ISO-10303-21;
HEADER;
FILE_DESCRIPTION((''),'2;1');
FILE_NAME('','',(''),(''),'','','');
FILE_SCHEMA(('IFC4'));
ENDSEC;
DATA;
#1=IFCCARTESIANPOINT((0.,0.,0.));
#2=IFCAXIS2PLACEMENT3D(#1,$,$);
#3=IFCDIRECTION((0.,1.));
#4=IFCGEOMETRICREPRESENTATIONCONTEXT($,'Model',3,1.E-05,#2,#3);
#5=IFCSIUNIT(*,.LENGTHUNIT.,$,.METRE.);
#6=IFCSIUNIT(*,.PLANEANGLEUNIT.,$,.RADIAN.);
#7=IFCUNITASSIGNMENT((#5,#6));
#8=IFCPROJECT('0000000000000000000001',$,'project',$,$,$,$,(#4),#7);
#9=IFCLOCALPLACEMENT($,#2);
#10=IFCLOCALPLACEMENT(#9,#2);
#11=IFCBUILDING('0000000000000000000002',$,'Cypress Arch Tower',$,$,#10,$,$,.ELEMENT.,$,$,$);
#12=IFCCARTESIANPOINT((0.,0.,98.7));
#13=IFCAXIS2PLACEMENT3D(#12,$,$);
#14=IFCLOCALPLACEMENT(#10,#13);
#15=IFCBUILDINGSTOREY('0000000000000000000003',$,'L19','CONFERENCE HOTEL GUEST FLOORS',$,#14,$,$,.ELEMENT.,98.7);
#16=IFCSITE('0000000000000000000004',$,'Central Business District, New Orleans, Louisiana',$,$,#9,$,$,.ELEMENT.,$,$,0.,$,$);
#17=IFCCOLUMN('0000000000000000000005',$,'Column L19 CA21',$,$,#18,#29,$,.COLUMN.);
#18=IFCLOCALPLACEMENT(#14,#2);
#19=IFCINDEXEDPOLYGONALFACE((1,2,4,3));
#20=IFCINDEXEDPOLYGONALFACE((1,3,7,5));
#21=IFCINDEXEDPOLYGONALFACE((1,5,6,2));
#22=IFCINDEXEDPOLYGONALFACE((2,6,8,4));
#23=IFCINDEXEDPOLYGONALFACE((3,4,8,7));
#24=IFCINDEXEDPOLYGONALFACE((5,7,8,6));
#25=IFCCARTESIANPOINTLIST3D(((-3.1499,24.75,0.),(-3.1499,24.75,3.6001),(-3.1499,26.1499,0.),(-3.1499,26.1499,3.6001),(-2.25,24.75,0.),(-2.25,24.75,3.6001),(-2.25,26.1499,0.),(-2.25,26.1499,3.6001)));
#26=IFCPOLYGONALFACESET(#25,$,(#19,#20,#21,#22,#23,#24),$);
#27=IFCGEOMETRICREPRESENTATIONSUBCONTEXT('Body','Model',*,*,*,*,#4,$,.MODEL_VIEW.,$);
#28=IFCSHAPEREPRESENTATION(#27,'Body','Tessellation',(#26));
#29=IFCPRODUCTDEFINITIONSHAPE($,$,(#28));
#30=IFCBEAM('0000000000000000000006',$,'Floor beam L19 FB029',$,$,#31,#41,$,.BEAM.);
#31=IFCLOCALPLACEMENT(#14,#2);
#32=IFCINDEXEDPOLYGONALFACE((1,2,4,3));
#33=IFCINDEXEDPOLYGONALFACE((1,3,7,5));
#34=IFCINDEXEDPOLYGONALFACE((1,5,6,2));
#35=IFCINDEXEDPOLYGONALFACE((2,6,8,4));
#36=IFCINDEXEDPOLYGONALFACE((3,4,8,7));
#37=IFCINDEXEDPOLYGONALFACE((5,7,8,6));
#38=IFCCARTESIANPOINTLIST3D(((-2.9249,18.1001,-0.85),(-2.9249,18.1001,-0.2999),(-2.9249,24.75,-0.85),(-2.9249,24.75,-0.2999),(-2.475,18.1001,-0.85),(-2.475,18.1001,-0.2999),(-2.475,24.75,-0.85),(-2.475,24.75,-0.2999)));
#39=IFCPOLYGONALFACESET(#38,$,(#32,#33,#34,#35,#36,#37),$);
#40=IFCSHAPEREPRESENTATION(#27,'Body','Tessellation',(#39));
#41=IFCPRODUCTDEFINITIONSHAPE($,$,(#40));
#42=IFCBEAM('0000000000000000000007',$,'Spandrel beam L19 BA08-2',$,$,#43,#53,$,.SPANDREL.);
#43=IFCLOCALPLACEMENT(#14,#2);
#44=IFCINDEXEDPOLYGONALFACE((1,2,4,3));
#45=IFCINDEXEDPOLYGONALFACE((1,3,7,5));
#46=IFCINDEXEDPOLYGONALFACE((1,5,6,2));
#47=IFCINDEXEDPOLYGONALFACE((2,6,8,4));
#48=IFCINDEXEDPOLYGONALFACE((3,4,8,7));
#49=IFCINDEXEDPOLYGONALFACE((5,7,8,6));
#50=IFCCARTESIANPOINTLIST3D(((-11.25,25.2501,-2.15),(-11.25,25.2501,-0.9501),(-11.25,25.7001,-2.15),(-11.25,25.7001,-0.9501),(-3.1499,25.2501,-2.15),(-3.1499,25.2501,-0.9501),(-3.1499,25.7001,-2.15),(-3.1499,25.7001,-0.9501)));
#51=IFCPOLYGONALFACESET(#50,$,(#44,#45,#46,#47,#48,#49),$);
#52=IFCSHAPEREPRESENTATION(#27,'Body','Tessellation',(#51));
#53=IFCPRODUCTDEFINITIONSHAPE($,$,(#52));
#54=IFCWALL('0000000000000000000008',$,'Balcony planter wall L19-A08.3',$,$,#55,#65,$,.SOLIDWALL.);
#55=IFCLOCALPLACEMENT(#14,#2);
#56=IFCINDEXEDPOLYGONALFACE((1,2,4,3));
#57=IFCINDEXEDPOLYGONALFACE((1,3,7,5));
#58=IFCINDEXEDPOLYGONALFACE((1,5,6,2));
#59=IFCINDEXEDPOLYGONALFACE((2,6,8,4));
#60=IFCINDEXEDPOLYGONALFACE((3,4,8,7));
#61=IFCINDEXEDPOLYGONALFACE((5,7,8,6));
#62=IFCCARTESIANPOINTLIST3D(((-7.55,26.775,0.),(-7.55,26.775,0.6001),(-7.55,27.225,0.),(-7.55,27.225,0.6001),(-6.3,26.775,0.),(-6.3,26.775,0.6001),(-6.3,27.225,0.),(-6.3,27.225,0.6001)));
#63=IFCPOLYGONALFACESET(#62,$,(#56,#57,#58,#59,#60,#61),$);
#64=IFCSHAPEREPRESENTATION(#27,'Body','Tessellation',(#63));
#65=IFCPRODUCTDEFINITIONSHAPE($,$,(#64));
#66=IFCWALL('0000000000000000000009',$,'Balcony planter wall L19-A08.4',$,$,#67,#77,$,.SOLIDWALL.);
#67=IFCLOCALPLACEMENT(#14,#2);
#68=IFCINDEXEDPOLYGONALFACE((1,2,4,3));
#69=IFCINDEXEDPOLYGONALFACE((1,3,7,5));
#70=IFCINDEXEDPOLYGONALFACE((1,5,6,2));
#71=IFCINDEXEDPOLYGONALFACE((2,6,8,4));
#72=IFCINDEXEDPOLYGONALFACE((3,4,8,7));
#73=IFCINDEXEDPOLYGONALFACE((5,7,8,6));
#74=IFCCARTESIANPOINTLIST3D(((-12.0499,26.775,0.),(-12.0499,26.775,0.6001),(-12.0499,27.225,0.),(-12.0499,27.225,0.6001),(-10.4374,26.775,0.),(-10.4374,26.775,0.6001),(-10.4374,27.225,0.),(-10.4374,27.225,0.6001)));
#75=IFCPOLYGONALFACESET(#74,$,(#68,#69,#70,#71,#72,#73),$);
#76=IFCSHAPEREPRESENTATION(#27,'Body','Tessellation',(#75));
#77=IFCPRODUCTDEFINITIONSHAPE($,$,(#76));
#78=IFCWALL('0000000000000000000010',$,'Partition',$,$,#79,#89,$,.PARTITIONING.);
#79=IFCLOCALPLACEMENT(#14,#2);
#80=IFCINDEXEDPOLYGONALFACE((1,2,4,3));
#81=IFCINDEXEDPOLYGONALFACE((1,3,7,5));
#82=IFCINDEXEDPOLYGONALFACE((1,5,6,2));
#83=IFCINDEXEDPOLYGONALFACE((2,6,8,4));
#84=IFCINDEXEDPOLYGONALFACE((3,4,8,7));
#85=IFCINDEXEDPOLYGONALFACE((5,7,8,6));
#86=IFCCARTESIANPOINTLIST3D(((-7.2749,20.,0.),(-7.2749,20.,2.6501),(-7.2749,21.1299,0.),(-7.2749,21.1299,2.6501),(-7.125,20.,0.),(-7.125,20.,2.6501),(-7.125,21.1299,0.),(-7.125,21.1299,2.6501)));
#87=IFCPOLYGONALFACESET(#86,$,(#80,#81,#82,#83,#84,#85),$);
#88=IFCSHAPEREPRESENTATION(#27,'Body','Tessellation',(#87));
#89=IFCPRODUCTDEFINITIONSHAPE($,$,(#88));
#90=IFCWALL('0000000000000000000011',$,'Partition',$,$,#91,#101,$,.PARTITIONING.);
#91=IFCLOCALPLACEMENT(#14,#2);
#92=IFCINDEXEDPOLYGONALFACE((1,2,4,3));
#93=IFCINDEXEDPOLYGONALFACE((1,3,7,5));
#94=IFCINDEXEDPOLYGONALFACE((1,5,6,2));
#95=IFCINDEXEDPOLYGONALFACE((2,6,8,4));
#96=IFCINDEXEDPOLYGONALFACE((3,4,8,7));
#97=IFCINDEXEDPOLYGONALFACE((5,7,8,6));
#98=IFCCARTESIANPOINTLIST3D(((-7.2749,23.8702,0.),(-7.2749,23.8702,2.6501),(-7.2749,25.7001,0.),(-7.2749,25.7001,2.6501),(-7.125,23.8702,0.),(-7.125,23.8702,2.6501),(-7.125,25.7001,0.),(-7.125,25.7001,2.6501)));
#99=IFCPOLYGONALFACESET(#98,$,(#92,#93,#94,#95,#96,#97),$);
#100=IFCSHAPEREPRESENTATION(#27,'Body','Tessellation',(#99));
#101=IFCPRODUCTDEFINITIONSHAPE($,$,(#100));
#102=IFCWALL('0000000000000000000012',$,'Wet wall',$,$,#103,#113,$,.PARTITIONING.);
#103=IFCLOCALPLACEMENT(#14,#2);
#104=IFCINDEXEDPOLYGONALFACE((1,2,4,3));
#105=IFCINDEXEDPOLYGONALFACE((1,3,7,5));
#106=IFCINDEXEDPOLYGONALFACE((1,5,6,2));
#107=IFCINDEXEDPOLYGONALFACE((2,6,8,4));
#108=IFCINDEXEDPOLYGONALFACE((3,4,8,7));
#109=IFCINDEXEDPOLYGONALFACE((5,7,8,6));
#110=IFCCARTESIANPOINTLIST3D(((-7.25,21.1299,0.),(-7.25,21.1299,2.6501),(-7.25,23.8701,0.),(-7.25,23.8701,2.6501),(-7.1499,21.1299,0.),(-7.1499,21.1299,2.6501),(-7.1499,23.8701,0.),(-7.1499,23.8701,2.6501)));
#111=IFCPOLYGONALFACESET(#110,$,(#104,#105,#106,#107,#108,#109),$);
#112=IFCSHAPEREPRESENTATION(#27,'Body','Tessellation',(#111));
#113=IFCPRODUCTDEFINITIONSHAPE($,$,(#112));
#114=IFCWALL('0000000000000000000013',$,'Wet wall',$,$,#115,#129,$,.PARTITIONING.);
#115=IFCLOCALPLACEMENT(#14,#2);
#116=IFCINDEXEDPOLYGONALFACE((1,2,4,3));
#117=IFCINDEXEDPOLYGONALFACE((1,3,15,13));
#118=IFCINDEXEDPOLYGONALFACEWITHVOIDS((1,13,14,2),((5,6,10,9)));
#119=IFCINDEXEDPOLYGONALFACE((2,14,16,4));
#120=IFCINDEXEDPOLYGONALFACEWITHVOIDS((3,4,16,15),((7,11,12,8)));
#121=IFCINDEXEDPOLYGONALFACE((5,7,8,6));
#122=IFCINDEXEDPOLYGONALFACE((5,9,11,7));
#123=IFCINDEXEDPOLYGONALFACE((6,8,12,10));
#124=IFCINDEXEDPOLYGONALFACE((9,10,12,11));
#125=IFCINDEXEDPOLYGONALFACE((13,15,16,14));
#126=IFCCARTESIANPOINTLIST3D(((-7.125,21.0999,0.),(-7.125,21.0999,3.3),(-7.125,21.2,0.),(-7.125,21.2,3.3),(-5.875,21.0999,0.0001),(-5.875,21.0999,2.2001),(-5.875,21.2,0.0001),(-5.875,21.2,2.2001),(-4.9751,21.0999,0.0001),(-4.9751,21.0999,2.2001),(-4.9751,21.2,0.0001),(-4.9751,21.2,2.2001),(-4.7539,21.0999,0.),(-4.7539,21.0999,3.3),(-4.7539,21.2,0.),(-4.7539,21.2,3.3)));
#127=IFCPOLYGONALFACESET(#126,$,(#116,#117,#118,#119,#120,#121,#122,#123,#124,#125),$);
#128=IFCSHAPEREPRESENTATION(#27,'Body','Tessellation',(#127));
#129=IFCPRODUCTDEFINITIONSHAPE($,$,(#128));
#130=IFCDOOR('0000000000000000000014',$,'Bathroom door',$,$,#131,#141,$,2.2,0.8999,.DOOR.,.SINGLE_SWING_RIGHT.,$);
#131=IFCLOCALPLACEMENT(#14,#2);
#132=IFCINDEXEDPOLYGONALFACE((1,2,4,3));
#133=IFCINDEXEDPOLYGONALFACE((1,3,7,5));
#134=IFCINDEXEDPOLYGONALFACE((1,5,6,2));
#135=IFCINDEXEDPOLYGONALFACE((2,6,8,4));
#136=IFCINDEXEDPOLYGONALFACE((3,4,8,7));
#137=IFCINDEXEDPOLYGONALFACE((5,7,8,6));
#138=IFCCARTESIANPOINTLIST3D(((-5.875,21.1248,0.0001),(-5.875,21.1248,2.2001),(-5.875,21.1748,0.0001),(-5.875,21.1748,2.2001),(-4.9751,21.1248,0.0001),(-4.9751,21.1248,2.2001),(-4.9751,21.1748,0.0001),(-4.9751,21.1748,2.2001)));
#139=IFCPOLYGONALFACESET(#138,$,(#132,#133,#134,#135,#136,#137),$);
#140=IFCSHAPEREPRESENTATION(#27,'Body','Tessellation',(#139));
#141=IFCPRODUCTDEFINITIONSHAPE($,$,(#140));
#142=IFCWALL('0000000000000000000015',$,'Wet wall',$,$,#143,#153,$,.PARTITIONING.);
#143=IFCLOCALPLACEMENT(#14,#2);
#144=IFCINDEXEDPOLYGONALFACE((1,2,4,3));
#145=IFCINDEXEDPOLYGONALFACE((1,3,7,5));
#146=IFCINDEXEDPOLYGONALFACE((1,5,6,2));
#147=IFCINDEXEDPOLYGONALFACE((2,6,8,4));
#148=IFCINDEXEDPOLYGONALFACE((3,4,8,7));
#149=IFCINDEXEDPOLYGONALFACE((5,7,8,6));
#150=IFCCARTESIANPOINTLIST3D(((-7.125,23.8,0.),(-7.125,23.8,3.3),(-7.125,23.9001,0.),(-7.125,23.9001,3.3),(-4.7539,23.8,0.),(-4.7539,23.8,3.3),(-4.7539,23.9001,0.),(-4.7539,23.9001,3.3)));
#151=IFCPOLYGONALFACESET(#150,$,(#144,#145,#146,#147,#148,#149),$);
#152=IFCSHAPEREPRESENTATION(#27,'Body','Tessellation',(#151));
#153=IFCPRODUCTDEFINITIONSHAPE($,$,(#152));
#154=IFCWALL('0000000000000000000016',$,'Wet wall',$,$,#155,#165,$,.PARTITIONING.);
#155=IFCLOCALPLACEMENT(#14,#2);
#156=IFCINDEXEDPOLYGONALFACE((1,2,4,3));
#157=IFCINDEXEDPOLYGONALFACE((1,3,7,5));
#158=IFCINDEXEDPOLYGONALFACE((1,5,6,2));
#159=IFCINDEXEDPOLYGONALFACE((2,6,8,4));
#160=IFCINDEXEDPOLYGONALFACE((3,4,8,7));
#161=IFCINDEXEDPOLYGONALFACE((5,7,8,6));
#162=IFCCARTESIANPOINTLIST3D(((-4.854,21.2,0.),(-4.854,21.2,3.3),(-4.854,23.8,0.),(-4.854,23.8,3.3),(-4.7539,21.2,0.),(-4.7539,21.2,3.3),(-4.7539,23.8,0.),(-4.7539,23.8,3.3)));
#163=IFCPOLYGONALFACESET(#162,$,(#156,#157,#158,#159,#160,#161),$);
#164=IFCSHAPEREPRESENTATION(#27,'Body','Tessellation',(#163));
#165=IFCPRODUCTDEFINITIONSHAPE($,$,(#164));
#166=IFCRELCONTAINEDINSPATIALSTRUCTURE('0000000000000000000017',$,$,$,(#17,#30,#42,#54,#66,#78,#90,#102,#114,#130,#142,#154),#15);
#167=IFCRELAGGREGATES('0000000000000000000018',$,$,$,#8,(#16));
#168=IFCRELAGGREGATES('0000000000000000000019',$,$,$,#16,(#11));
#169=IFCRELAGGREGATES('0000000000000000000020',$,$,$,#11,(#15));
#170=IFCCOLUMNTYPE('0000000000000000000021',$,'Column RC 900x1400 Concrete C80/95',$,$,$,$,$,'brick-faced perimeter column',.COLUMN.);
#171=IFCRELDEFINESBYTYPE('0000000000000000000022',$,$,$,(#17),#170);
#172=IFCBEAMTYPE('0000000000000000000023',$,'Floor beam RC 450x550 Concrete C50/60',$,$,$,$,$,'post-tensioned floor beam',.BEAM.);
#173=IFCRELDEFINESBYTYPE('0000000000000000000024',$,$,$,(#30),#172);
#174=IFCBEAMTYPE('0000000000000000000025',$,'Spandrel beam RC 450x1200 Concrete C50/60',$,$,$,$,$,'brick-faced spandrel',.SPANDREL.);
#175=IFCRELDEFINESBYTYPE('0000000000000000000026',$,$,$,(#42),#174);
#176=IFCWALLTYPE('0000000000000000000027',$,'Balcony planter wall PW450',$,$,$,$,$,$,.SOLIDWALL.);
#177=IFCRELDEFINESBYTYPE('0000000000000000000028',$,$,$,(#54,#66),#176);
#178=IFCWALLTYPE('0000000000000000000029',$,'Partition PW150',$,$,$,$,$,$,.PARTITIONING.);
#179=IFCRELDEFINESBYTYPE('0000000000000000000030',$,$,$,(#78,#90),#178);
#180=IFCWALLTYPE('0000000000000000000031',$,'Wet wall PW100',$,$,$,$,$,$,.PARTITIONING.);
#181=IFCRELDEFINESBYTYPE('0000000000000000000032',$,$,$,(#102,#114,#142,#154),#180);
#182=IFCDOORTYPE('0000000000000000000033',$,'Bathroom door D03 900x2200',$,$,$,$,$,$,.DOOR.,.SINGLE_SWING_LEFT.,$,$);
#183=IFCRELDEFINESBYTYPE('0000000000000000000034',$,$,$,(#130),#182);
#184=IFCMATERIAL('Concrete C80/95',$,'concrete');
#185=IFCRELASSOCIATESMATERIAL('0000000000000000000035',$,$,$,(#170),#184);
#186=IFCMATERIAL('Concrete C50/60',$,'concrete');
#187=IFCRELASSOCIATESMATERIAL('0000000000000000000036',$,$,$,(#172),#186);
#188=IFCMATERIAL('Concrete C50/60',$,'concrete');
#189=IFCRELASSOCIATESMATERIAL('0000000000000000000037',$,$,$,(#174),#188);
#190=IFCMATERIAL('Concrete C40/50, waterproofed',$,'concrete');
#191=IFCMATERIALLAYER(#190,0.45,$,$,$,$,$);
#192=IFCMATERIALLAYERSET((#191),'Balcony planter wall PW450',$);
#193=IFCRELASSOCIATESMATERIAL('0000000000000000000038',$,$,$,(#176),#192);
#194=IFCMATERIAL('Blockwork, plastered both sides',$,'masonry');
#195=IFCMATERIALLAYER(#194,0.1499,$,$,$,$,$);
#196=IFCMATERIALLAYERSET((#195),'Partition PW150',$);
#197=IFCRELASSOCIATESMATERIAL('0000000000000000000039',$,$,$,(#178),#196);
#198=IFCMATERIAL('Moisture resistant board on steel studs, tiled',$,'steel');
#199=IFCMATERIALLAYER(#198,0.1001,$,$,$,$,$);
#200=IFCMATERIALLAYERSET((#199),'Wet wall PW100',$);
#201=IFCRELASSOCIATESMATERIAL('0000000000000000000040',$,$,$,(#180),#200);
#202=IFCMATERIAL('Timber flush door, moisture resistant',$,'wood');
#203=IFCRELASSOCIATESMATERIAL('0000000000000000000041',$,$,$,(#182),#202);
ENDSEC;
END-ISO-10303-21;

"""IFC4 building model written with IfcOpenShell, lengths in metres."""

from ifc_helpers import new_model, si_unit, direction, frame, frame_2d, origin, origin_2d, place, context, subcontext, project, spatial, rectangle, extrude, material, layer, layer_set, material_profile, profile_set, type_object, element, fill, save


model = new_model("IFC4")

# Units and contexts
model_context = context("Model", 3, precision=1e-05, world=origin(), true_north=direction((0.0, 1.0)))
body_context = subcontext(model_context, "Body", "Model", "MODEL_VIEW")
ifc_project = project(units=[si_unit("LENGTHUNIT", "METRE"), si_unit("PLANEANGLEUNIT", "RADIAN")], contexts=[model_context])

# Site, building, storey
site_placement = place(None, origin())
site = spatial("IfcSite", under=ifc_project, at=site_placement, Name="Central Business District, New Orleans, Louisiana", CompositionType="ELEMENT", RefElevation=0.0)
building_placement = place(site_placement, origin())
building = spatial("IfcBuilding", under=site, at=building_placement, Name="Cypress Arch Tower", CompositionType="ELEMENT")
storey_placement = place(building_placement, frame((0.0, 0.0, 98.7)))
storey = spatial("IfcBuildingStorey", under=building, at=storey_placement, Name="L19", Description="CONFERENCE HOTEL GUEST FLOORS", CompositionType="ELEMENT", Elevation=98.7)

# Column
ifc_material_1 = material(Name="Concrete C80/95", Category="concrete")
ifc_material_profile_1 = material_profile(ifc_material_1, rectangle(XDim=0.8999, YDim=1.3999, at=origin_2d()), Name="RC 900x1400")
ifc_profile_set_1 = profile_set([ifc_material_profile_1], Name="Concrete C80/95")
column_type = type_object("IfcColumnType", Name="Column RC 900x1400 Concrete C80/95", ElementType="brick-faced perimeter column", PredefinedType="COLUMN", material=ifc_profile_set_1)
column_placement = place(storey_placement, frame((-2.7, 25.45, 0.0), z_axis=(0.0, 0.0, 1.0), x_axis=(-1.0, 0.0, 0.0)))
element("IfcColumn", 1, at=column_placement, inside=storey, type_object=column_type, Name="Column L19 CA21", PredefinedType="COLUMN", context=body_context, shape_type="SweptSolid", body=[
    extrude(rectangle(XDim=0.8999, YDim=1.3999, at=origin_2d()), origin(), (0.0, 0.0, 1.0), 3.6001),
])

# Beams
ifc_material_2 = material(Name="Concrete C50/60", Category="concrete")
ifc_material_profile_2 = material_profile(ifc_material_2, rectangle(XDim=0.45, YDim=0.55, at=origin_2d()), Name="RC 450x550")
ifc_profile_set_2 = profile_set([ifc_material_profile_2], Name="Concrete C50/60")
beam_type_1 = type_object("IfcBeamType", Name="Floor beam RC 450x550 Concrete C50/60", ElementType="post-tensioned floor beam", PredefinedType="BEAM", material=ifc_profile_set_2)
beam_1_placement = place(storey_placement, frame((-2.7, 18.1001, -0.575), z_axis=(0.0, 1.0, 0.0), x_axis=(-1.0, 0.0, 0.0)))
element("IfcBeam", 2, at=beam_1_placement, inside=storey, type_object=beam_type_1, Name="Floor beam L19 FB029", PredefinedType="BEAM", context=body_context, shape_type="SweptSolid", body=[
    extrude(rectangle(XDim=0.45, YDim=0.55, at=origin_2d()), origin(), (0.0, 0.0, 1.0), 6.6499),
])
ifc_material_3 = material(Name="Concrete C50/60", Category="concrete")
ifc_material_profile_3 = material_profile(ifc_material_3, rectangle(XDim=0.45, YDim=1.2, at=origin_2d()), Name="RC 450x1200")
ifc_profile_set_3 = profile_set([ifc_material_profile_3], Name="Concrete C50/60")
beam_type_2 = type_object("IfcBeamType", Name="Spandrel beam RC 450x1200 Concrete C50/60", ElementType="brick-faced spandrel", PredefinedType="SPANDREL", material=ifc_profile_set_3)
beam_2_placement = place(storey_placement, frame((-3.1499, 25.4751, -1.55), z_axis=(-1.0, 0.0, 0.0), x_axis=(0.0, -1.0, 0.0)))
element("IfcBeam", 3, at=beam_2_placement, inside=storey, type_object=beam_type_2, Name="Spandrel beam L19 BA08-2", PredefinedType="SPANDREL", context=body_context, shape_type="SweptSolid", body=[
    extrude(rectangle(XDim=0.45, YDim=1.2, at=origin_2d()), origin(), (0.0, 0.0, 1.0), 8.1001),
])

# Walls
ifc_material_4 = material(Name="Concrete C40/50, waterproofed", Category="concrete")
ifc_layer_1 = layer(ifc_material_4, 0.45)
ifc_layer_set_1 = layer_set([ifc_layer_1], Name="Balcony planter wall PW450")
wall_type_1 = type_object("IfcWallType", Name="Balcony planter wall PW450", PredefinedType="SOLIDWALL", material=ifc_layer_set_1)
wall_1_placement = place(storey_placement, frame((-6.3, 27.0, 0.0), z_axis=(0.0, 0.0, 1.0), x_axis=(-1.0, 0.0, 0.0)))
element("IfcWall", 4, at=wall_1_placement, inside=storey, type_object=wall_type_1, Name="Balcony planter wall L19-A08.3", PredefinedType="SOLIDWALL", context=body_context, shape_type="SweptSolid", body=[
    extrude(rectangle(XDim=1.25, YDim=0.45, at=frame_2d((0.625, 0.0))), origin(), (0.0, 0.0, 1.0), 0.6001),
])
wall_2_placement = place(storey_placement, frame((-10.4375, 27.0, 0.0), z_axis=(0.0, 0.0, 1.0), x_axis=(-1.0, 0.0, 0.0)))
element("IfcWall", 5, at=wall_2_placement, inside=storey, type_object=wall_type_1, Name="Balcony planter wall L19-A08.4", PredefinedType="SOLIDWALL", context=body_context, shape_type="SweptSolid", body=[
    extrude(rectangle(XDim=1.6125, YDim=0.45, at=frame_2d((0.8062, 0.0))), origin(), (0.0, 0.0, 1.0), 0.6001),
])

# Walls
ifc_material_5 = material(Name="Blockwork, plastered both sides", Category="masonry")
ifc_layer_2 = layer(ifc_material_5, 0.1499)
ifc_layer_set_2 = layer_set([ifc_layer_2], Name="Partition PW150")
wall_type_2 = type_object("IfcWallType", Name="Partition PW150", PredefinedType="PARTITIONING", material=ifc_layer_set_2)
wall_3_placement = place(storey_placement, frame((-7.2, 20.0, 0.0), z_axis=(0.0, 0.0, 1.0), x_axis=(0.0, 1.0, 0.0)))
element("IfcWall", 6, at=wall_3_placement, inside=storey, type_object=wall_type_2, Name="Partition", PredefinedType="PARTITIONING", context=body_context, shape_type="SweptSolid", body=[
    extrude(rectangle(XDim=1.1299, YDim=0.1499, at=frame_2d((0.5649, 0.0))), origin(), (0.0, 0.0, 1.0), 2.6501),
])
wall_4_placement = place(storey_placement, frame((-7.2, 23.8701, 0.0), z_axis=(0.0, 0.0, 1.0), x_axis=(0.0, 1.0, 0.0)))
element("IfcWall", 7, at=wall_4_placement, inside=storey, type_object=wall_type_2, Name="Partition", PredefinedType="PARTITIONING", context=body_context, shape_type="SweptSolid", body=[
    extrude(rectangle(XDim=1.8298, YDim=0.1499, at=frame_2d((0.915, 0.0))), origin(), (0.0, 0.0, 1.0), 2.6501),
])
ifc_material_6 = material(Name="Moisture resistant board on steel studs, tiled", Category="steel")
ifc_layer_3 = layer(ifc_material_6, 0.1001)
ifc_layer_set_3 = layer_set([ifc_layer_3], Name="Wet wall PW100")
wall_type_3 = type_object("IfcWallType", Name="Wet wall PW100", PredefinedType="PARTITIONING", material=ifc_layer_set_3)
wall_5_placement = place(storey_placement, frame((-7.2, 21.1299, 0.0), z_axis=(0.0, 0.0, 1.0), x_axis=(0.0, 1.0, 0.0)))
element("IfcWall", 8, at=wall_5_placement, inside=storey, type_object=wall_type_3, Name="Wet wall", PredefinedType="PARTITIONING", context=body_context, shape_type="SweptSolid", body=[
    extrude(rectangle(XDim=2.7402, YDim=0.1001, at=frame_2d((1.3701, 0.0))), origin(), (0.0, 0.0, 1.0), 2.6501),
])

# Wall, opening, door
wall_6_placement = place(storey_placement, frame((-7.125, 21.1499, 0.0), z_axis=(0.0, 0.0, 1.0), x_axis=(1.0, 0.0, 0.0)))
wall_6 = element("IfcWall", 9, at=wall_6_placement, inside=storey, type_object=wall_type_3, Name="Wet wall", PredefinedType="PARTITIONING", context=body_context, shape_type="SweptSolid", body=[
    extrude(rectangle(XDim=2.3711, YDim=0.1001, at=frame_2d((1.1855, 0.0))), origin(), (0.0, 0.0, 1.0), 3.3),
])
opening_1_placement = place(wall_6_placement, frame((1.25, 0.0, 0.0)))
opening_1 = element("IfcOpeningElement", 10, at=opening_1_placement, cuts=wall_6, PredefinedType="OPENING", context=body_context, shape_type="SweptSolid", body=[
    extrude(rectangle(XDim=0.8999, YDim=2.2, at=frame_2d((0.45, 1.1001))), frame((0.0, 0.0601, 0.0), z_axis=(0.0, -1.0, 0.0), x_axis=(1.0, 0.0, 0.0)), (0.0, 0.0, 1.0), 0.1201),
])
ifc_material_7 = material(Name="Timber flush door, moisture resistant", Category="wood")
door_type_1 = type_object("IfcDoorType", Name="Bathroom door D03 900x2200", OperationType="SINGLE_SWING_LEFT", PredefinedType="DOOR", material=ifc_material_7)
door_1_placement = place(opening_1_placement, origin())
door_1 = element("IfcDoor", 11, at=door_1_placement, inside=storey, type_object=door_type_1, Name="Bathroom door", OperationType="SINGLE_SWING_RIGHT", OverallHeight=2.2, OverallWidth=0.8999, PredefinedType="DOOR", context=body_context, shape_type="SweptSolid", body=[
    extrude(rectangle(XDim=0.8999, YDim=2.2, at=frame_2d((0.45, 1.1001))), frame((0.0, 0.0249, 0.0), z_axis=(0.0, -1.0, 0.0), x_axis=(1.0, 0.0, 0.0)), (0.0, 0.0, 1.0), 0.05),
])
fill(opening_1, door_1)

# Walls
wall_7_placement = place(storey_placement, frame((-7.125, 23.8501, 0.0), z_axis=(0.0, 0.0, 1.0), x_axis=(1.0, 0.0, 0.0)))
element("IfcWall", 12, at=wall_7_placement, inside=storey, type_object=wall_type_3, Name="Wet wall", PredefinedType="PARTITIONING", context=body_context, shape_type="SweptSolid", body=[
    extrude(rectangle(XDim=2.3711, YDim=0.1001, at=frame_2d((1.1855, 0.0))), origin(), (0.0, 0.0, 1.0), 3.3),
])
wall_8_placement = place(storey_placement, frame((-4.804, 21.2, 0.0), z_axis=(0.0, 0.0, 1.0), x_axis=(0.0, 1.0, 0.0)))
element("IfcWall", 13, at=wall_8_placement, inside=storey, type_object=wall_type_3, Name="Wet wall", PredefinedType="PARTITIONING", context=body_context, shape_type="SweptSolid", body=[
    extrude(rectangle(XDim=2.6001, YDim=0.1001, at=frame_2d((1.3, 0.0))), origin(), (0.0, 0.0, 1.0), 3.3),
])

save(model, "model.ifc")
